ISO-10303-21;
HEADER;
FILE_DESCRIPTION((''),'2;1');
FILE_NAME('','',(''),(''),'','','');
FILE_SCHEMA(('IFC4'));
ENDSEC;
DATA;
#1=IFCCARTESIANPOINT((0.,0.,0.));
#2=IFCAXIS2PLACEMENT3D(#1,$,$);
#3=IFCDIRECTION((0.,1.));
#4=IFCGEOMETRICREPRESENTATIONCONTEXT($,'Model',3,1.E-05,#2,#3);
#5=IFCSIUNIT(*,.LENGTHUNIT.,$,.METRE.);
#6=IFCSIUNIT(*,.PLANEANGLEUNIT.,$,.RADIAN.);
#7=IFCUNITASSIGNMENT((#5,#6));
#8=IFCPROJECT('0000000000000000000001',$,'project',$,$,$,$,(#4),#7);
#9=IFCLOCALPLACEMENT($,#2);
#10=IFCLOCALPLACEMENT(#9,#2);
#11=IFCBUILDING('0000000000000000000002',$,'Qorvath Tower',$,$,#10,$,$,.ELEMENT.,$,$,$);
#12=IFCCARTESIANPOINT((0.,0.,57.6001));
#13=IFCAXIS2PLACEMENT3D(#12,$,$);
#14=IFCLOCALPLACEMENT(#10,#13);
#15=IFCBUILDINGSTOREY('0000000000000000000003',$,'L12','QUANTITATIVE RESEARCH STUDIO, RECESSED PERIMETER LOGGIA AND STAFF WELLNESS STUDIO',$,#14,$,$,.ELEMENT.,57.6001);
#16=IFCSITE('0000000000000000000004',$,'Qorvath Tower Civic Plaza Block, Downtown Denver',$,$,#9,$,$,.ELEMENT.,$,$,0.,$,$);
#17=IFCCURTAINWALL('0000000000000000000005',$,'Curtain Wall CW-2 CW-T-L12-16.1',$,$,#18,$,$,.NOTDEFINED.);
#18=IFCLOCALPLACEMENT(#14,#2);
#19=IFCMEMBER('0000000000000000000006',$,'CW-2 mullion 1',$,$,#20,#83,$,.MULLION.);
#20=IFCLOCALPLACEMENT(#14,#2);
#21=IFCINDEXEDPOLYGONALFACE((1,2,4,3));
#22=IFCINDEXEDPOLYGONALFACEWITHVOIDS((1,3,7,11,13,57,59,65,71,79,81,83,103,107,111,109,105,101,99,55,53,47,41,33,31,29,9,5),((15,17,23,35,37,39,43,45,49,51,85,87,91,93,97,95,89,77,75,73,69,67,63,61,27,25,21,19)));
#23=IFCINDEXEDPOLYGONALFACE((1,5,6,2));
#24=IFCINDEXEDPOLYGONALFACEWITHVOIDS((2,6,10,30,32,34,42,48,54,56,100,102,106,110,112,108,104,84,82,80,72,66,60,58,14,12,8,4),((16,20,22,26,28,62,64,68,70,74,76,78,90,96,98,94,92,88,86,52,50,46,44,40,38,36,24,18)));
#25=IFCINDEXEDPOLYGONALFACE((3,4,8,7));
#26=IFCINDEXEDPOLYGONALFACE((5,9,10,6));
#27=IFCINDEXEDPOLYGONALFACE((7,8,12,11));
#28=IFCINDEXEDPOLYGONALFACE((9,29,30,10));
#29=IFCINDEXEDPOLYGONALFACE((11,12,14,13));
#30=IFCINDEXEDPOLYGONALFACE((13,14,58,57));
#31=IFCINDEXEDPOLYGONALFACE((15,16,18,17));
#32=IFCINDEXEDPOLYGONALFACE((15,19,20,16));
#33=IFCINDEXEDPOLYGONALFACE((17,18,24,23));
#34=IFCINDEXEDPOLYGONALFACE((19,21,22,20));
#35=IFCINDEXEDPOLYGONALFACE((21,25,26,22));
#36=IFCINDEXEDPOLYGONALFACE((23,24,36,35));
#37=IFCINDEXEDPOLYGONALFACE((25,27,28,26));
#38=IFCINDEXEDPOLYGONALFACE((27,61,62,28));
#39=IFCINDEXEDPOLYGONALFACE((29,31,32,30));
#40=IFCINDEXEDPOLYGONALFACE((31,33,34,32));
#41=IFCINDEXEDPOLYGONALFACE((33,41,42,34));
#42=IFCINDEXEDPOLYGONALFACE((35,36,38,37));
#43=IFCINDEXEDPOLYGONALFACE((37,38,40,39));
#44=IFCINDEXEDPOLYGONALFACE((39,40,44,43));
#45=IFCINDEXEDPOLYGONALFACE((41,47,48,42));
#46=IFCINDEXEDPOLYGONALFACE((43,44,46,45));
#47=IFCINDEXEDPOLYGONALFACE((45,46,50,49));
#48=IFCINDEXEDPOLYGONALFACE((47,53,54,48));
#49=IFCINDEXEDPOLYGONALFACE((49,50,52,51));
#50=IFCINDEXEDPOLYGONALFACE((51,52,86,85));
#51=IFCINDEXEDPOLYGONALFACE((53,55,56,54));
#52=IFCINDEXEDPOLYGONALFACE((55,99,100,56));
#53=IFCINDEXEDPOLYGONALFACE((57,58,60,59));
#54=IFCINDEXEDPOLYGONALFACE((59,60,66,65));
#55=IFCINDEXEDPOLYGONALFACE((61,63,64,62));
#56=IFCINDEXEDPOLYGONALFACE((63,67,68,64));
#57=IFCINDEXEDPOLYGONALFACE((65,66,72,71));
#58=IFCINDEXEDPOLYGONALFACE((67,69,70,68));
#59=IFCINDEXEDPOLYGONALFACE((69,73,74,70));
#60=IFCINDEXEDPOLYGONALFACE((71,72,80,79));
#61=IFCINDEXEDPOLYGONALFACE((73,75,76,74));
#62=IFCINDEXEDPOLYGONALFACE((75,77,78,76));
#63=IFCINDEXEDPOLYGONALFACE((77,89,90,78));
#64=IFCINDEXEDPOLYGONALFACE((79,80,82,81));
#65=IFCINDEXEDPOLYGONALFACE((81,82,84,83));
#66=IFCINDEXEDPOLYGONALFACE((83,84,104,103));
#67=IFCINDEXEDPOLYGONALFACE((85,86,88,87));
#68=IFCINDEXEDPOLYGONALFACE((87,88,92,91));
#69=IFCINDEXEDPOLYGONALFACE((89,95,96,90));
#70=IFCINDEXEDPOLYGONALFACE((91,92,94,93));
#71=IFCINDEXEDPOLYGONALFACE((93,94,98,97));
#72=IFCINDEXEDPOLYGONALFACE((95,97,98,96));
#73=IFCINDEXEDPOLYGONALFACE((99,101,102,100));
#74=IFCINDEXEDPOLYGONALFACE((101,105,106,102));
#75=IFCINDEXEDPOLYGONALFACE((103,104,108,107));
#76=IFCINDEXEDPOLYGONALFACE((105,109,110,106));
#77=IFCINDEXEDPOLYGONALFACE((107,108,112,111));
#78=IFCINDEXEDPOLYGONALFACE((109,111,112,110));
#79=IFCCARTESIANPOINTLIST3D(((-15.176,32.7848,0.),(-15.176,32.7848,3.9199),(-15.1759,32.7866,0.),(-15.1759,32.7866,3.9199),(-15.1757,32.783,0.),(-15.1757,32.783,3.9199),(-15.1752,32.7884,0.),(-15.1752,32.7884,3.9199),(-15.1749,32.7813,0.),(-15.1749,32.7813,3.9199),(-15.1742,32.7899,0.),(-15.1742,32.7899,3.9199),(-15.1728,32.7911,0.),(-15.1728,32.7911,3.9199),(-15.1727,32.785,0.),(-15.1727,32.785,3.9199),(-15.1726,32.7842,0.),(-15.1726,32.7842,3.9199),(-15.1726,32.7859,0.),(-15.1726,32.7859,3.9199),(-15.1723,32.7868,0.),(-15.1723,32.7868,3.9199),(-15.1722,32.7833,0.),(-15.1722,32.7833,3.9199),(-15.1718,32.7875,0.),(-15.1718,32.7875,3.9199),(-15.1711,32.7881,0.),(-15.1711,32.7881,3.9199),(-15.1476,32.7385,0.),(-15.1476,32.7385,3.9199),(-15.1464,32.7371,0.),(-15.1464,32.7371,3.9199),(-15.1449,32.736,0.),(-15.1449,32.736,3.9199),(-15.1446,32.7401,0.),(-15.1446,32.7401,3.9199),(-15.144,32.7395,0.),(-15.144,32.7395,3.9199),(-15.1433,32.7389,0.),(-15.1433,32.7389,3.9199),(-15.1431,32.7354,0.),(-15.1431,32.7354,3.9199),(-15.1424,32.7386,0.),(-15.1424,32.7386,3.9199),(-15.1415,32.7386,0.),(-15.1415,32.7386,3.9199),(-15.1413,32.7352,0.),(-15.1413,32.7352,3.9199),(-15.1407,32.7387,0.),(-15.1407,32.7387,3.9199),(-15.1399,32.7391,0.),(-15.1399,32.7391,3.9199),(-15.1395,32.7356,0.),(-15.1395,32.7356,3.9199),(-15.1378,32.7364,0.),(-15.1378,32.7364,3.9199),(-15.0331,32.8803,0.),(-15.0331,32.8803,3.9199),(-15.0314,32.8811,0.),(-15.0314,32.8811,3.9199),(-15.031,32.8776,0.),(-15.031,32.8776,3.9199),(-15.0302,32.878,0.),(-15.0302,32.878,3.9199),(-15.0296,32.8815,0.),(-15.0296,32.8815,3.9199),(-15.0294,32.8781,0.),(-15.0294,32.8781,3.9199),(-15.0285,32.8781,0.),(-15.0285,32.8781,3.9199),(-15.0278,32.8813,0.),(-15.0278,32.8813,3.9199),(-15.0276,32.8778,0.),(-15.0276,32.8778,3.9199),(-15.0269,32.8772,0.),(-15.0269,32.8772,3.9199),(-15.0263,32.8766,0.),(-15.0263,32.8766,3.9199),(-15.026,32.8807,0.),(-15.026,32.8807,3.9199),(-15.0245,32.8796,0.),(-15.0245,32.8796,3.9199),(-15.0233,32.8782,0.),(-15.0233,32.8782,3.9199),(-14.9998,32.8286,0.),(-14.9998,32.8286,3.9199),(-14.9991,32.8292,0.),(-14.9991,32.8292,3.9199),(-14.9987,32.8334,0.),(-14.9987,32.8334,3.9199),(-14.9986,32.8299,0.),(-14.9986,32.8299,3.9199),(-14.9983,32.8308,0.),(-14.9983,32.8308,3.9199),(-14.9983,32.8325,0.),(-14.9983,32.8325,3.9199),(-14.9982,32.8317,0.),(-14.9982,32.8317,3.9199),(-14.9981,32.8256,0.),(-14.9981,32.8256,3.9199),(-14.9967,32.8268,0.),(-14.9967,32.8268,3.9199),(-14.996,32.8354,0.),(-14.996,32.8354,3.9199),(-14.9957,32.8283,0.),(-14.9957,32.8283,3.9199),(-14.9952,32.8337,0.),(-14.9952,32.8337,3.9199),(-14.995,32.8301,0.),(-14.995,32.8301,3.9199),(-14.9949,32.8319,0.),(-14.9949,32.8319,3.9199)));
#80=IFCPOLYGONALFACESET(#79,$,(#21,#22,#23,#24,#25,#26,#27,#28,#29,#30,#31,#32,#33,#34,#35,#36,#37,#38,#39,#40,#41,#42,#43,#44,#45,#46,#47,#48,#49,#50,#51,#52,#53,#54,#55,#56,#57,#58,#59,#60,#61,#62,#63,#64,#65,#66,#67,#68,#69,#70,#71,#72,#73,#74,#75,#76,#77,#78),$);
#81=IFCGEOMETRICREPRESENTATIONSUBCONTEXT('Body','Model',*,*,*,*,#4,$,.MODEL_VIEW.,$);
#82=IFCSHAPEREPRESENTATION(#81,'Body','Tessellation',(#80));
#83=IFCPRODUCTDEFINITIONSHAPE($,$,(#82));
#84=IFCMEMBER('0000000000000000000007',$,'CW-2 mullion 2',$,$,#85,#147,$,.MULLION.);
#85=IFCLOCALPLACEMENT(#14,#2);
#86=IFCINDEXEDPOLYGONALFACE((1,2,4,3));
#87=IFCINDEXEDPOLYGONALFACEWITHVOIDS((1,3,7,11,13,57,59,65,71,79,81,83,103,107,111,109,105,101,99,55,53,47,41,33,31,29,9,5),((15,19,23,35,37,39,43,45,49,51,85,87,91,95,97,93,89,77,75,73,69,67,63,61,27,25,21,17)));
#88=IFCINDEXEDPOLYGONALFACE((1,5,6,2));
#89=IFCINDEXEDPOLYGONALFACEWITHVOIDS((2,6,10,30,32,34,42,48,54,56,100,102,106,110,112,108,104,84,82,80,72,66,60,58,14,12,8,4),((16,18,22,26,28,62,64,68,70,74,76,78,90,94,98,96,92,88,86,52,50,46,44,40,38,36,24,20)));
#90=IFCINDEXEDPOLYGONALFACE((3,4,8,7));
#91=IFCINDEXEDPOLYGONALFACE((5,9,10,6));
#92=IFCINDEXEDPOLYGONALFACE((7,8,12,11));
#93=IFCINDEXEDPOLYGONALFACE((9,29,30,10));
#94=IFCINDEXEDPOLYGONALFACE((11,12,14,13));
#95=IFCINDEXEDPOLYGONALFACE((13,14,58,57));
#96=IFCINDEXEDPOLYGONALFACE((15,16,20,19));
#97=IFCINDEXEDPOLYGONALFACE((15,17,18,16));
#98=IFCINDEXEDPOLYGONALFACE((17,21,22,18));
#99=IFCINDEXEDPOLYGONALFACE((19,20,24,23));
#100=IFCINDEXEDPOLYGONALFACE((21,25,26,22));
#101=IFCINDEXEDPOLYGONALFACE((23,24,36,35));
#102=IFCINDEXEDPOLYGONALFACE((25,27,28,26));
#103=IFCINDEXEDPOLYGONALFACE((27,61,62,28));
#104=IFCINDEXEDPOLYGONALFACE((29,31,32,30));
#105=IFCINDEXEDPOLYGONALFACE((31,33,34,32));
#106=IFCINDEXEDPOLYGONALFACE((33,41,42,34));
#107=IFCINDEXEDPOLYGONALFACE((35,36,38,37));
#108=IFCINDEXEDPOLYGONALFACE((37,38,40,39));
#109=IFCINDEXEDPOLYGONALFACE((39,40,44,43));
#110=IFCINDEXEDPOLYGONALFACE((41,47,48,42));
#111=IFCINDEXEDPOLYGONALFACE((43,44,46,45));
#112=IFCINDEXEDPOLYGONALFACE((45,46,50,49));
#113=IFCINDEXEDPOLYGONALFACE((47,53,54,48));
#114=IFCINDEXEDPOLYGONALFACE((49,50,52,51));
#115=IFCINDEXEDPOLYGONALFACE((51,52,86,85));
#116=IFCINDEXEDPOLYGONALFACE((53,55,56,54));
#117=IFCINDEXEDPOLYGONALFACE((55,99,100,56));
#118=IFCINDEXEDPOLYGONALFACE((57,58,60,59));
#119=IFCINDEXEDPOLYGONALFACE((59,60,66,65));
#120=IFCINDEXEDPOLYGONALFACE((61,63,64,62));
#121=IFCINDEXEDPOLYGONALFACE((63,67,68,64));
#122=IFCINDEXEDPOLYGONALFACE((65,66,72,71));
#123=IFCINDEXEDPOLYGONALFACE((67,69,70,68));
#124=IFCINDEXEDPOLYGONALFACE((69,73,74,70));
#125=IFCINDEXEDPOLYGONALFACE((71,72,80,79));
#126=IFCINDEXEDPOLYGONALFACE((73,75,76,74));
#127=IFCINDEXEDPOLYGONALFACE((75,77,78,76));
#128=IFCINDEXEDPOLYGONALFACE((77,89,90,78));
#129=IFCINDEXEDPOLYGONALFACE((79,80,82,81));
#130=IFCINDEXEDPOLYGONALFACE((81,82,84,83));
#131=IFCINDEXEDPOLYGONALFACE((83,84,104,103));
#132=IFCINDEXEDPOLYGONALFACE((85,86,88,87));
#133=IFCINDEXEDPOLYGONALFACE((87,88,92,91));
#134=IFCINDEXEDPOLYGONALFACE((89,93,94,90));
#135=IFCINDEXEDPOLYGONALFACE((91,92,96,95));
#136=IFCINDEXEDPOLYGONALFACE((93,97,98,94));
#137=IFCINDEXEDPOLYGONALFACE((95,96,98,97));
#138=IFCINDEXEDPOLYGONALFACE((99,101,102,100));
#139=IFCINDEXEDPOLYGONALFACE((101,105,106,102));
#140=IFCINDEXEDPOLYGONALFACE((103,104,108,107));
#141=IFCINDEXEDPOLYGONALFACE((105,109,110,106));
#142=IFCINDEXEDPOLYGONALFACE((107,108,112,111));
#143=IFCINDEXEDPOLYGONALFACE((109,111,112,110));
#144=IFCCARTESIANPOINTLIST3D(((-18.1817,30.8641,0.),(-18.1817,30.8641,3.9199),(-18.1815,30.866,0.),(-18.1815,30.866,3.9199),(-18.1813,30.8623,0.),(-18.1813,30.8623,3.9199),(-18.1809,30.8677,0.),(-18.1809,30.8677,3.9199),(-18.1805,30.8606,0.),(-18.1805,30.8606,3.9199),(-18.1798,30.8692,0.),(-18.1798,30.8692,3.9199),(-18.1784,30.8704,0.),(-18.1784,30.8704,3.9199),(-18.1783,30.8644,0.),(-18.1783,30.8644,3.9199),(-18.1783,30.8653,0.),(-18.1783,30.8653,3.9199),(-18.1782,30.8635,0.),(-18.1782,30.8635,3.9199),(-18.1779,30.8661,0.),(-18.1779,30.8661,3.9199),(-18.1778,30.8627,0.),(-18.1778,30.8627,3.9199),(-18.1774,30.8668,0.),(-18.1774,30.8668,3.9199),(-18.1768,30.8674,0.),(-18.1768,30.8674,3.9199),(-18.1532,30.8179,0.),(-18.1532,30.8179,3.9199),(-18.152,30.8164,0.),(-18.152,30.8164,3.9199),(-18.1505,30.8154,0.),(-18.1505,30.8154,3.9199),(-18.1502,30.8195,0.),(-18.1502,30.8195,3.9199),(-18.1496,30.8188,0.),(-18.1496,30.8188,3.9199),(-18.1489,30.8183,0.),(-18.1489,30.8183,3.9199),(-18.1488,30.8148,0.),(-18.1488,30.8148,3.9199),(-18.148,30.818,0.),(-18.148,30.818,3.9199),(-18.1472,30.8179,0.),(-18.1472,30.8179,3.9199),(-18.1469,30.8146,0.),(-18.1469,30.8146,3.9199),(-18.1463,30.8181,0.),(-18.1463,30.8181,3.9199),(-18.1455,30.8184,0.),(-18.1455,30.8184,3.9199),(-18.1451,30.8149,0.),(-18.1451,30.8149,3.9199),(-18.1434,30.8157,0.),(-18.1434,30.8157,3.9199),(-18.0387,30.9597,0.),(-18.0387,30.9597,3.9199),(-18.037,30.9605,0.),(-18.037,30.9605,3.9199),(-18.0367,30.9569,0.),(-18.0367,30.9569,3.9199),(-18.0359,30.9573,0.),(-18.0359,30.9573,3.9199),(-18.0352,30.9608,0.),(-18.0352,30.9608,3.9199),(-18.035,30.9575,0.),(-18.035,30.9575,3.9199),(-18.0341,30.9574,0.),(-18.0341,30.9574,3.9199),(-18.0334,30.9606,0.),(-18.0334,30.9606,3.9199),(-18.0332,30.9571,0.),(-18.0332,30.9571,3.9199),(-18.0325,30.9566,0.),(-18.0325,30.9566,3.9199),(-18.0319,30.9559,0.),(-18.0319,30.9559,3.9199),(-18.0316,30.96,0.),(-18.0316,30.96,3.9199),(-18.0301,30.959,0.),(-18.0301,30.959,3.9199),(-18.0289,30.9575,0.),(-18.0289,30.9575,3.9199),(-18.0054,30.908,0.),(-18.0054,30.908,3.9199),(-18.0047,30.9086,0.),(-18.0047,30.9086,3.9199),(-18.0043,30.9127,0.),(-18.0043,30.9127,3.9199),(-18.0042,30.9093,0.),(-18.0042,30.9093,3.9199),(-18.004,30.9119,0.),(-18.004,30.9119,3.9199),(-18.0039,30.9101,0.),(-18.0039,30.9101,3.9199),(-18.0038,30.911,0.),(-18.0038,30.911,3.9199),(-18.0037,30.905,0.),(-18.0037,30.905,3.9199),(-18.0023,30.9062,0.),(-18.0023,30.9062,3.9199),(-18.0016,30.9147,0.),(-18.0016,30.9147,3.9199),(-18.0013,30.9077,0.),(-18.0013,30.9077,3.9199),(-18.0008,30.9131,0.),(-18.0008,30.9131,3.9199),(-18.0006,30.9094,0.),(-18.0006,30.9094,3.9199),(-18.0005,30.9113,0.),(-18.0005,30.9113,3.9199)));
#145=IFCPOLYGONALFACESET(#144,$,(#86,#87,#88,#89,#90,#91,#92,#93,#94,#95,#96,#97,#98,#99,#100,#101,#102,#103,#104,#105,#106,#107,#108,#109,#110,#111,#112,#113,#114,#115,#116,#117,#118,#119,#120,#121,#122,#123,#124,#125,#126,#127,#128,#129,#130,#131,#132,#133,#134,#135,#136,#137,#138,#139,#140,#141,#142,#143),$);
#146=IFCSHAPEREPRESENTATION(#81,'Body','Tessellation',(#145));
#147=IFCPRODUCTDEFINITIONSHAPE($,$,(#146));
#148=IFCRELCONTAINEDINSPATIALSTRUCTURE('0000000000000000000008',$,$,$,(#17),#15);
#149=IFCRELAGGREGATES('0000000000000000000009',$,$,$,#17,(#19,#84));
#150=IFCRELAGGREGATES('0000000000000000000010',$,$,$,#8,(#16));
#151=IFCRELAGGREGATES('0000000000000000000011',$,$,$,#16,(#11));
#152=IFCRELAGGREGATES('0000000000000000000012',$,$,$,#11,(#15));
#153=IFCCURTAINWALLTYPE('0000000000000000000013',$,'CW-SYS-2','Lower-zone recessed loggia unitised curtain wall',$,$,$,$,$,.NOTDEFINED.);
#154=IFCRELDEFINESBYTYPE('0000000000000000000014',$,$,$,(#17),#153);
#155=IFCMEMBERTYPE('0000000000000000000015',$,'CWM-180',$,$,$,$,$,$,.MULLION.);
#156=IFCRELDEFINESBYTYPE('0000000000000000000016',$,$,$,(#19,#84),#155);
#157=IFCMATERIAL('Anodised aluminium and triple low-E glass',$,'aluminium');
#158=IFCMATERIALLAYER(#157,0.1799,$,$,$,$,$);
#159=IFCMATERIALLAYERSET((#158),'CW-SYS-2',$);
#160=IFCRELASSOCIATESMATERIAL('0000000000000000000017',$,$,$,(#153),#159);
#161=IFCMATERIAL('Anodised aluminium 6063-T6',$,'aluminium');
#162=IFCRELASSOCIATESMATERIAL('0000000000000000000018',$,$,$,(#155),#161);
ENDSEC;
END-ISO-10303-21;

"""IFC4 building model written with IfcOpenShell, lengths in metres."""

from ifc_helpers import new_model, si_unit, direction, frame, origin, origin_2d, place, context, subcontext, project, spatial, hollow_rectangle, extrude, material, layer, layer_set, material_profile, profile_set, type_object, element, aggregate, save


model = new_model("IFC4")

# Units and contexts
model_context = context("Model", 3, precision=1e-05, world=origin(), true_north=direction((0.0, 1.0)))
body_context = subcontext(model_context, "Body", "Model", "MODEL_VIEW")
ifc_project = project(units=[si_unit("LENGTHUNIT", "METRE"), si_unit("PLANEANGLEUNIT", "RADIAN")], contexts=[model_context])

# Site, building, storey
site_placement = place(None, origin())
site = spatial("IfcSite", under=ifc_project, at=site_placement, Name="Qorvath Tower Civic Plaza Block, Downtown Denver", CompositionType="ELEMENT", RefElevation=0.0)
building_placement = place(site_placement, origin())
building = spatial("IfcBuilding", under=site, at=building_placement, Name="Qorvath Tower", CompositionType="ELEMENT")
storey_placement = place(building_placement, frame((0.0, 0.0, 57.6001)))
storey = spatial("IfcBuildingStorey", under=building, at=storey_placement, Name="L12", Description="QUANTITATIVE RESEARCH STUDIO, RECESSED PERIMETER LOGGIA AND STAFF WELLNESS STUDIO", CompositionType="ELEMENT", Elevation=57.6001)

# Shared definitions
ifc_material_1 = material(Name="Anodised aluminium and triple low-E glass", Category="aluminium")
ifc_layer_1 = layer(ifc_material_1, 0.1799)
ifc_layer_set_1 = layer_set([ifc_layer_1], Name="CW-SYS-2")
curtain_wall_type = type_object("IfcCurtainWallType", Name="CW-SYS-2", Description="Lower-zone recessed loggia unitised curtain wall", PredefinedType="NOTDEFINED", material=ifc_layer_set_1)
ifc_material_2 = material(Name="Anodised aluminium 6063-T6", Category="aluminium")
ifc_material_profile_1 = material_profile(ifc_material_2, hollow_rectangle(XDim=0.0649, YDim=0.1799, WallThickness=0.0034, InnerFilletRadius=0.0034, OuterFilletRadius=0.0071, at=origin_2d()), Name="CWM 180x65")
ifc_profile_set_1 = profile_set([ifc_material_profile_1], Name="Anodised aluminium 6063-T6")
member_type_1 = type_object("IfcMemberType", Name="CWM-180", PredefinedType="MULLION", material=ifc_profile_set_1)

# Curtain wall, members
curtain_wall_1_placement = place(storey_placement, origin())
curtain_wall_1 = element("IfcCurtainWall", 1, at=curtain_wall_1_placement, inside=storey, type_object=curtain_wall_type, Name="Curtain Wall CW-2 CW-T-L12-16.1", PredefinedType="NOTDEFINED")
member_1_placement = place(storey_placement, frame((-15.0854, 32.8083, 0.0), z_axis=(0.0, 0.0, 1.0), x_axis=(0.538508, -0.84262, 0.0)))
member_1 = element("IfcMember", 2, at=member_1_placement, type_object=member_type_1, Name="CW-2 mullion 1", PredefinedType="MULLION", context=body_context, shape_type="SweptSolid", body=[
    extrude(hollow_rectangle(XDim=0.0649, YDim=0.1799, WallThickness=0.0034, InnerFilletRadius=0.0034, OuterFilletRadius=0.0071, at=origin_2d()), origin(), (0.0, 0.0, 1.0), 3.9199),
])
member_2_placement = place(storey_placement, frame((-18.0911, 30.8877, 0.0), z_axis=(0.0, 0.0, 1.0), x_axis=(0.538508, -0.84262, 0.0)))
member_2 = element("IfcMember", 3, at=member_2_placement, type_object=member_type_1, Name="CW-2 mullion 2", PredefinedType="MULLION", context=body_context, shape_type="SweptSolid", body=[
    extrude(hollow_rectangle(XDim=0.0649, YDim=0.1799, WallThickness=0.0034, InnerFilletRadius=0.0034, OuterFilletRadius=0.0071, at=origin_2d()), origin(), (0.0, 0.0, 1.0), 3.9199),
])

aggregate(curtain_wall_1, [member_1, member_2])

save(model, "model.ifc")
